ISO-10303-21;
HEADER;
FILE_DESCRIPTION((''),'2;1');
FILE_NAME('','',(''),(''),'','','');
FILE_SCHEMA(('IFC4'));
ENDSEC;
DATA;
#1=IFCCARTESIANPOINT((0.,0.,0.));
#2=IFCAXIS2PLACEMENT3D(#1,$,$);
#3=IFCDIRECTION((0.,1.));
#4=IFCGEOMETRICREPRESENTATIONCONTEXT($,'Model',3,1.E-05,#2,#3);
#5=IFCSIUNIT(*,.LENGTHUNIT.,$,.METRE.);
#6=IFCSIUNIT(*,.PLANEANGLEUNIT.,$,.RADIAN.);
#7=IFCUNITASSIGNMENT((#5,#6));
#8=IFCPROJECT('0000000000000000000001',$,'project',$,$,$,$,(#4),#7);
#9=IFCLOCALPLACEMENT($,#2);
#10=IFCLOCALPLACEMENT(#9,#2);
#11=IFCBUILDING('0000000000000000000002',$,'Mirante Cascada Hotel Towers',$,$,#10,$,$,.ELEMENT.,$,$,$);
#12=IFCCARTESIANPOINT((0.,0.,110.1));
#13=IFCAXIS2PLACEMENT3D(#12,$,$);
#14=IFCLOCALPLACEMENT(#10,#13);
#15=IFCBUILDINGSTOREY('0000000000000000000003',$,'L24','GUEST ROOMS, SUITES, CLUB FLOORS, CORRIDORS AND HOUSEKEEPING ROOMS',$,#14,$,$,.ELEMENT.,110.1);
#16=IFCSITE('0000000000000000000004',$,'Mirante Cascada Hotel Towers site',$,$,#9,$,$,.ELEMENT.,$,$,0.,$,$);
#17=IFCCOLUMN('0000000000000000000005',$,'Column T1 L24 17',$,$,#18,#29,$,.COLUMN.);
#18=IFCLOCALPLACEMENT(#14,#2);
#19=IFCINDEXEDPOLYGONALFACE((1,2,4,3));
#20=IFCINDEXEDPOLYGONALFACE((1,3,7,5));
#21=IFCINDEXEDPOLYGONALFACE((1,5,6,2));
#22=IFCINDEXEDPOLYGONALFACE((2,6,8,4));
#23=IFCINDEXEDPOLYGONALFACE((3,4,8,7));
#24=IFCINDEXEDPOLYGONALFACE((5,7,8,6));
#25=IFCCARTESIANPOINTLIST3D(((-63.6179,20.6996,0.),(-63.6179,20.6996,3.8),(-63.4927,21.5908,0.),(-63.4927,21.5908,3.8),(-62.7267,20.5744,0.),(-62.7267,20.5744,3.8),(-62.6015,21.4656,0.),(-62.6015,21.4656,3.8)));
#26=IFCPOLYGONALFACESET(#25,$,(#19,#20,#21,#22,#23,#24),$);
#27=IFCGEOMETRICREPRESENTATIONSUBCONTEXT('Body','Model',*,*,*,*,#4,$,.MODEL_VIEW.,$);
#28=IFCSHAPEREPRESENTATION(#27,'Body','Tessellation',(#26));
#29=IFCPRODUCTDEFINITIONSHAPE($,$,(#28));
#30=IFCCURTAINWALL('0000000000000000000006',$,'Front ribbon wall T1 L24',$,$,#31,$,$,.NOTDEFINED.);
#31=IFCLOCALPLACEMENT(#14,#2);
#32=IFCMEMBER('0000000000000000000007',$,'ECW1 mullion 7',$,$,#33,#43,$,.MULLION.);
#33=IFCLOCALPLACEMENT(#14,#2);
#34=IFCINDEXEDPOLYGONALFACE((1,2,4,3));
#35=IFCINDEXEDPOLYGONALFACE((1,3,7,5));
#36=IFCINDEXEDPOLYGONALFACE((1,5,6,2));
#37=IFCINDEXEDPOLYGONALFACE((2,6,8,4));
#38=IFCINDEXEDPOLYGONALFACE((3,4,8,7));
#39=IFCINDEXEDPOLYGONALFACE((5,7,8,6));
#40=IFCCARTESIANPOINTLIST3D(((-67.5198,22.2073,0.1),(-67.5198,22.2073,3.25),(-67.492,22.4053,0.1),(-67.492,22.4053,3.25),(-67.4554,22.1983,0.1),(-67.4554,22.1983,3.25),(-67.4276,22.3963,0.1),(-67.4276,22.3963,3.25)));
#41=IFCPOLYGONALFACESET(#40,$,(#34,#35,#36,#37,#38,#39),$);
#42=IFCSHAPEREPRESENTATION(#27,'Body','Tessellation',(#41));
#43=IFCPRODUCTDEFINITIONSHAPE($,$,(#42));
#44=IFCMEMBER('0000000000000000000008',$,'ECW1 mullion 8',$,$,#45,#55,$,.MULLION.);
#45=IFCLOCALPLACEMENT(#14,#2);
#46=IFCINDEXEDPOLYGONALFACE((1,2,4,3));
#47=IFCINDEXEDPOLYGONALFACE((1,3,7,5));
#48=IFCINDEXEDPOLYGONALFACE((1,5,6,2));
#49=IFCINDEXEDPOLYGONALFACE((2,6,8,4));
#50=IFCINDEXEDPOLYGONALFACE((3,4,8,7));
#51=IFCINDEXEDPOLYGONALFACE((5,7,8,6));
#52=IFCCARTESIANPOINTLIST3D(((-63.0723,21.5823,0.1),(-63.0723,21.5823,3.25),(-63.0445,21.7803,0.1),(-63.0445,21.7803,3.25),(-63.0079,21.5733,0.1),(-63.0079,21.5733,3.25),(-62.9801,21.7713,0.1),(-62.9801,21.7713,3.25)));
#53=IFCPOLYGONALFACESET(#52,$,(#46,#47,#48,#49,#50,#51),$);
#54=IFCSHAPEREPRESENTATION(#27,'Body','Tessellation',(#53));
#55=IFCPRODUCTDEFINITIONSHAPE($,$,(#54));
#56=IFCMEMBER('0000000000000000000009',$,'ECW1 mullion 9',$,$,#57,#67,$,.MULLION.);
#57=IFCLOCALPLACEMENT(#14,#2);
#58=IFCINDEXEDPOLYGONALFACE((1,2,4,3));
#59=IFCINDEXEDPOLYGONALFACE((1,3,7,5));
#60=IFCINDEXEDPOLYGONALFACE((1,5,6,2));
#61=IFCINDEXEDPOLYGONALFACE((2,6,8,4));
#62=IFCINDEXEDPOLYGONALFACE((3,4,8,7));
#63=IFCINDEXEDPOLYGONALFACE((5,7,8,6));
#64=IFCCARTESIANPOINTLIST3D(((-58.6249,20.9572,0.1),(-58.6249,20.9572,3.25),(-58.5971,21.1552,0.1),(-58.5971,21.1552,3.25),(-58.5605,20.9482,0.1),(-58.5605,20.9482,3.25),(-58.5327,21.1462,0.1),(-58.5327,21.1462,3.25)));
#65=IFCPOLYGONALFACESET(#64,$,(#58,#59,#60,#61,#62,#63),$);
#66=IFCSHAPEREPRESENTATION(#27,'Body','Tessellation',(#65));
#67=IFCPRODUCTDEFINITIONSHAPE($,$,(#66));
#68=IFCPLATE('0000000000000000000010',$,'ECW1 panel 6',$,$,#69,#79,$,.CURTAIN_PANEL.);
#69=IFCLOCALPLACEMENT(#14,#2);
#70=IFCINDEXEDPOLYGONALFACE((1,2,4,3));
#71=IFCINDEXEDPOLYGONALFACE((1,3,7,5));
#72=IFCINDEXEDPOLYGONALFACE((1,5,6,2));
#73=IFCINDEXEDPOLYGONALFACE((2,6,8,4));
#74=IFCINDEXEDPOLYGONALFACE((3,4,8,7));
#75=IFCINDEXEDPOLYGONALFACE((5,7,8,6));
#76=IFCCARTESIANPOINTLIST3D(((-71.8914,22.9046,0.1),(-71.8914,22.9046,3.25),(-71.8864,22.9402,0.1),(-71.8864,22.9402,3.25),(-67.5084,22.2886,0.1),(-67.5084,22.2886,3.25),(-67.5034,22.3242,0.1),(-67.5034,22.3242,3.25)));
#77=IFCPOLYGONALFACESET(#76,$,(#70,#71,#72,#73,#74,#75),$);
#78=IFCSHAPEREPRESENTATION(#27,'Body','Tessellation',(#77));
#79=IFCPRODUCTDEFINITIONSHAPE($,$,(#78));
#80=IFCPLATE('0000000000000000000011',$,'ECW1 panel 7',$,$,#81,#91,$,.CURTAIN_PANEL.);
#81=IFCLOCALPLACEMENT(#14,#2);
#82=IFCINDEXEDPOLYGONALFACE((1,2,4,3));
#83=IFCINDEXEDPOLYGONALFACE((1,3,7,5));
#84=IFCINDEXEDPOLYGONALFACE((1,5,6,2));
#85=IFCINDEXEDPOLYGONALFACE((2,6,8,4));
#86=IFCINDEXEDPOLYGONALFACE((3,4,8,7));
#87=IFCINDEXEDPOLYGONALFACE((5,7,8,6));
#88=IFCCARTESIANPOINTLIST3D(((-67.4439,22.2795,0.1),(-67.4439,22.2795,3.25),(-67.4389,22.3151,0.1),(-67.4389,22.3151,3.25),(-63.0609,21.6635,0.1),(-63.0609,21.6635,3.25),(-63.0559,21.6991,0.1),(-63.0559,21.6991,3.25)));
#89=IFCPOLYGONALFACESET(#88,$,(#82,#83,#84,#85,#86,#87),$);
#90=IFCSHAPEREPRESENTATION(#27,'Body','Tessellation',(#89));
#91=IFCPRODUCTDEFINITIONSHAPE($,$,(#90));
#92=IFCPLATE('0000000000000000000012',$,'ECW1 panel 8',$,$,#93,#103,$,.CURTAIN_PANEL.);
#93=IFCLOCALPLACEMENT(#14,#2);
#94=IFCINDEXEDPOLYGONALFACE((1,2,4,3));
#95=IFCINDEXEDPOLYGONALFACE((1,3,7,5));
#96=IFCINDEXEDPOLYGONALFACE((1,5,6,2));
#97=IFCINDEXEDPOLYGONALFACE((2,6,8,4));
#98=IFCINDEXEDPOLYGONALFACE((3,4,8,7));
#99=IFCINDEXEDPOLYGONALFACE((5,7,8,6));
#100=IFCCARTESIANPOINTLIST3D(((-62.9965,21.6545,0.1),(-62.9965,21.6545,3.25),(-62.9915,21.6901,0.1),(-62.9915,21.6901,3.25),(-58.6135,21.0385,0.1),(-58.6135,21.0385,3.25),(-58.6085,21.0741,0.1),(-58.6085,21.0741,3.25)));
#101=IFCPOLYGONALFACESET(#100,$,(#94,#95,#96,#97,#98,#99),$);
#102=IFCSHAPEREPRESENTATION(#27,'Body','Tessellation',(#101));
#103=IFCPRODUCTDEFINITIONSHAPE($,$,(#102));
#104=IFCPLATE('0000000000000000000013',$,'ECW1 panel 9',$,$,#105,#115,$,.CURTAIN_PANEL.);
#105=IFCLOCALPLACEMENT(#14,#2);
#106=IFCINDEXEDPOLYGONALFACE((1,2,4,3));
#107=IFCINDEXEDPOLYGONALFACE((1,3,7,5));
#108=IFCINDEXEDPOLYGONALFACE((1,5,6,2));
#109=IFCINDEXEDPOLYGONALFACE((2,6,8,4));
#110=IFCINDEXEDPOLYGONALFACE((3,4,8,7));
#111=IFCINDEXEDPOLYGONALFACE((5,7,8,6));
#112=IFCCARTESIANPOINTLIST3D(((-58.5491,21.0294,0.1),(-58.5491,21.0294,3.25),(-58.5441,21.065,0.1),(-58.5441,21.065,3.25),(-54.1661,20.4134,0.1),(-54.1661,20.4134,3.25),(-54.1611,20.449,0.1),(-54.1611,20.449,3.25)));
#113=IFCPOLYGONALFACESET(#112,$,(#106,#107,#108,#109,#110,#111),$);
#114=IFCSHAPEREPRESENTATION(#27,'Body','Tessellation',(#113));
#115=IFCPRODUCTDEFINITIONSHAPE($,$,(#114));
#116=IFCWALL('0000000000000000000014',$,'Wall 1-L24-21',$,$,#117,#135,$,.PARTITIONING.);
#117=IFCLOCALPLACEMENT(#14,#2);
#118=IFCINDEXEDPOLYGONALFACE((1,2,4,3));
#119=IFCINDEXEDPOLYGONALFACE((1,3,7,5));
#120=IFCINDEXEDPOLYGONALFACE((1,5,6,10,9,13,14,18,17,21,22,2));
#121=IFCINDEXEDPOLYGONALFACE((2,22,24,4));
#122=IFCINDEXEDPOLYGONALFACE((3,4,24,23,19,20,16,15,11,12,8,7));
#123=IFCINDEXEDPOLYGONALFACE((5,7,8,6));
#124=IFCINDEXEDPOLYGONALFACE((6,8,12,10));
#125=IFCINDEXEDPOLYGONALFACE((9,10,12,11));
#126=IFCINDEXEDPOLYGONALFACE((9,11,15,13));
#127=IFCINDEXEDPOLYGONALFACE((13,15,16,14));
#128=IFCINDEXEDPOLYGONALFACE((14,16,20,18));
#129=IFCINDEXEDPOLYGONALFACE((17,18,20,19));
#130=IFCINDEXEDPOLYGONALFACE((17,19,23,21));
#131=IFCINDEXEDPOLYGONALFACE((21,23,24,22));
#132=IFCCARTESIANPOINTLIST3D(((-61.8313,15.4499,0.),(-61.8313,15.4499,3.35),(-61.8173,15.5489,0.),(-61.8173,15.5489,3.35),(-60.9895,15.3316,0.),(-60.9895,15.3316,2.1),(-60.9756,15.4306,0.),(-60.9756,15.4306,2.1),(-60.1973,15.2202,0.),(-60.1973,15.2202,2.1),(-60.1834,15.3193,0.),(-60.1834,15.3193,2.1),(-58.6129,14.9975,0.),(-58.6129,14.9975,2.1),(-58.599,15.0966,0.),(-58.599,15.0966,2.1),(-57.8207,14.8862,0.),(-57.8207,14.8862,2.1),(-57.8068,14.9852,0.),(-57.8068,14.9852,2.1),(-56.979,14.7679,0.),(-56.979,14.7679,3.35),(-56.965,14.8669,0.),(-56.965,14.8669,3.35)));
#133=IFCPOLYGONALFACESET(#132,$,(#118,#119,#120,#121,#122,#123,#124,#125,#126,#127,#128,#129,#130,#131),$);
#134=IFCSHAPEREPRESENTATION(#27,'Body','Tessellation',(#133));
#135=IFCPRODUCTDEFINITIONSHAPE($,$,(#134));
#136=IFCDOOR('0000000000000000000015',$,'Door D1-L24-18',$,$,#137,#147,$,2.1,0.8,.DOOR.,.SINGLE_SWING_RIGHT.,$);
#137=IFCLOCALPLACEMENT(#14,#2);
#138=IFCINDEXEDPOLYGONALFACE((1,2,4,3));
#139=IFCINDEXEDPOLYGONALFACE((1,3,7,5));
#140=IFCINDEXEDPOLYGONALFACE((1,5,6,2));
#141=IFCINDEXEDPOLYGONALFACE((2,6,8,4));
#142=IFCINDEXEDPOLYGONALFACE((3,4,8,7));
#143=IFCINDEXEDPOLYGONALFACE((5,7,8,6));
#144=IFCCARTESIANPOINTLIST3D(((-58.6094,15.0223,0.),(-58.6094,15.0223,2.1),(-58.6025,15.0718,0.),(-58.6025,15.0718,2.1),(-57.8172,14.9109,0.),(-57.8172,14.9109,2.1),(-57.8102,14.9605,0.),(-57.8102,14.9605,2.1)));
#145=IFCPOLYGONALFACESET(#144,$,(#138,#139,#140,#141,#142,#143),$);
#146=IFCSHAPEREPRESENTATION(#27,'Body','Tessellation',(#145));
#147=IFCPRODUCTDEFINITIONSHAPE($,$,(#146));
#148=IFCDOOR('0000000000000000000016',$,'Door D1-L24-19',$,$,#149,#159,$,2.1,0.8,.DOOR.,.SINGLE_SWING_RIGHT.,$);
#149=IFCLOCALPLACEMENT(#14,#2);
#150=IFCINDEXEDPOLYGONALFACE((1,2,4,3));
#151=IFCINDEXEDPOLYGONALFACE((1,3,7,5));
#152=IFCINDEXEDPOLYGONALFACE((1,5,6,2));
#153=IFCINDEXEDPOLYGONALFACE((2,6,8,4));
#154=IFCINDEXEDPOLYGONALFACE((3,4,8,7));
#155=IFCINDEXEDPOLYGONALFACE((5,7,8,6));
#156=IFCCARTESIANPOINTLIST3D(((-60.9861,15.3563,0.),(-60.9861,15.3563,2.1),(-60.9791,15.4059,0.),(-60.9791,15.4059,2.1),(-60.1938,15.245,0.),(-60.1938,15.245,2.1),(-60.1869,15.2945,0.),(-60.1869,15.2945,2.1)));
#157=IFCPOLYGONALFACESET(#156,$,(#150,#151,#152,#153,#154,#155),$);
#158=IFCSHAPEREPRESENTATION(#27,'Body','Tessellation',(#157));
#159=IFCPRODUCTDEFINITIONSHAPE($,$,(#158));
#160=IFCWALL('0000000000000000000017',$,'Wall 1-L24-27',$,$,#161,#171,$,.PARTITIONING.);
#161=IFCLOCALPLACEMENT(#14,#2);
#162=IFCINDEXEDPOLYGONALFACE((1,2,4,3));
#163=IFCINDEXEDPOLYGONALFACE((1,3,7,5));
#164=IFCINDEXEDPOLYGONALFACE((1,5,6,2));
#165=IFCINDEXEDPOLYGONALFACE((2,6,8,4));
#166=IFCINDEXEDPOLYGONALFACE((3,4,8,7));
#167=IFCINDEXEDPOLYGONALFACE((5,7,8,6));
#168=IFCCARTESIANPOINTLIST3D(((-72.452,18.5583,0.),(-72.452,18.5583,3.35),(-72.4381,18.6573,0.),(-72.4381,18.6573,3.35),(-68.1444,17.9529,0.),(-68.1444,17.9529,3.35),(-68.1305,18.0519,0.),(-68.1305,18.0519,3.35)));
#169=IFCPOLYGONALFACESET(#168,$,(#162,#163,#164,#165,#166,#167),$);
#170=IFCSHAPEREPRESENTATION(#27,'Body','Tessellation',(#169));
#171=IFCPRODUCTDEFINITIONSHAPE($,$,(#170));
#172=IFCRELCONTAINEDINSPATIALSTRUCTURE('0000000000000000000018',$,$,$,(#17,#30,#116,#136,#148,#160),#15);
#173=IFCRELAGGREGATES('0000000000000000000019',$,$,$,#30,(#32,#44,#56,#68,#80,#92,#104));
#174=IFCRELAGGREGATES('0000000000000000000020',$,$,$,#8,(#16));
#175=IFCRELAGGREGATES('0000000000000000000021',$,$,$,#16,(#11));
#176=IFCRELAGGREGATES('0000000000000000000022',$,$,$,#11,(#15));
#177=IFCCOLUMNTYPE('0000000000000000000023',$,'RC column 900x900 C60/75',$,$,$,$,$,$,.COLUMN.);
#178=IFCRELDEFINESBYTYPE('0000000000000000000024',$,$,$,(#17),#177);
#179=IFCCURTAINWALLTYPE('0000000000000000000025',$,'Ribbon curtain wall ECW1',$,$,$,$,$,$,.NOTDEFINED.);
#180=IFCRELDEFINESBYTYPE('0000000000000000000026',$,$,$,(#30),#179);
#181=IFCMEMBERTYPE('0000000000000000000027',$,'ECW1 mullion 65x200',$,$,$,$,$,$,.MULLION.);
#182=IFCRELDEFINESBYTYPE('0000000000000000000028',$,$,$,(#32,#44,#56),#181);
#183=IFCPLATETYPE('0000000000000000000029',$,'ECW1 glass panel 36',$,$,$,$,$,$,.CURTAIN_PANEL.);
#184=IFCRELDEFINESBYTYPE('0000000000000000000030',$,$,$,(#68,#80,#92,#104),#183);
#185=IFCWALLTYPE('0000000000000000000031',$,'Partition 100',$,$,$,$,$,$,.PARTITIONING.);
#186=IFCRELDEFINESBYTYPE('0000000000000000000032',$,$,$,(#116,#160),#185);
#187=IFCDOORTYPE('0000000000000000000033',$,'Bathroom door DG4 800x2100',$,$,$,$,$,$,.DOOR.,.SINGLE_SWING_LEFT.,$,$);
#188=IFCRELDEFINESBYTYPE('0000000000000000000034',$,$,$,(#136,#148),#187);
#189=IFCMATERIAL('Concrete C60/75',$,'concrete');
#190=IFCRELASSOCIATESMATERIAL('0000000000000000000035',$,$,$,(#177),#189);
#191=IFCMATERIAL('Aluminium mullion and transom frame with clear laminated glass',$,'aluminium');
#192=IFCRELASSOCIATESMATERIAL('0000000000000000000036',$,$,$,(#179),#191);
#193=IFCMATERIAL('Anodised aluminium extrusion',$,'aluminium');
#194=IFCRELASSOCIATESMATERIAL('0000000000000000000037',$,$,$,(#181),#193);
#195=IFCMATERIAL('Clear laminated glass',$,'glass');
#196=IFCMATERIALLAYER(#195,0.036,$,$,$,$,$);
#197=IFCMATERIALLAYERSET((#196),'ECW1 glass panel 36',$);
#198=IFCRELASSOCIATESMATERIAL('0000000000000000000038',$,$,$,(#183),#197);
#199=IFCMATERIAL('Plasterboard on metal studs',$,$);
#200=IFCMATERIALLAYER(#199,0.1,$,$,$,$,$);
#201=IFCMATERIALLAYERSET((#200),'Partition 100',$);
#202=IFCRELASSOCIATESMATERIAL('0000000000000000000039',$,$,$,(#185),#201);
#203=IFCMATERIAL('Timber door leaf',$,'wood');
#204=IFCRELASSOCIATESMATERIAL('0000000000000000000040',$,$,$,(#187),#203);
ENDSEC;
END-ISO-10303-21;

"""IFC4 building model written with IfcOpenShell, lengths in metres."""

from ifc_helpers import new_model, si_unit, direction, frame, frame_2d, origin, origin_2d, place, context, subcontext, project, spatial, rectangle, extrude, material, layer, layer_set, material_profile, profile_set, type_object, element, fill, aggregate, save


model = new_model("IFC4")

# Units and contexts
model_context = context("Model", 3, precision=1e-05, world=origin(), true_north=direction((0.0, 1.0)))
body_context = subcontext(model_context, "Body", "Model", "MODEL_VIEW")
ifc_project = project(units=[si_unit("LENGTHUNIT", "METRE"), si_unit("PLANEANGLEUNIT", "RADIAN")], contexts=[model_context])

# Site, building, storey
site_placement = place(None, origin())
site = spatial("IfcSite", under=ifc_project, at=site_placement, Name="Mirante Cascada Hotel Towers site", CompositionType="ELEMENT", RefElevation=0.0)
building_placement = place(site_placement, origin())
building = spatial("IfcBuilding", under=site, at=building_placement, Name="Mirante Cascada Hotel Towers", CompositionType="ELEMENT")
storey_placement = place(building_placement, frame((0.0, 0.0, 110.1)))
storey = spatial("IfcBuildingStorey", under=building, at=storey_placement, Name="L24", Description="GUEST ROOMS, SUITES, CLUB FLOORS, CORRIDORS AND HOUSEKEEPING ROOMS", CompositionType="ELEMENT", Elevation=110.1)

# Column
ifc_material_1 = material(Name="Concrete C60/75", Category="concrete")
ifc_material_profile_1 = material_profile(ifc_material_1, rectangle(XDim=0.9, YDim=0.9, at=origin_2d()), Name="RC column 900x900 C60/75")
ifc_profile_set_1 = profile_set([ifc_material_profile_1], Name="Concrete C60/75")
column_type = type_object("IfcColumnType", Name="RC column 900x900 C60/75", PredefinedType="COLUMN", material=ifc_profile_set_1)
column_placement = place(storey_placement, frame((-63.1097, 21.0826, 0.0), z_axis=(0.0, 0.0, 1.0), x_axis=(-0.990268, 0.139173, 0.0)))
element("IfcColumn", 1, at=column_placement, inside=storey, type_object=column_type, Name="Column T1 L24 17", PredefinedType="COLUMN", context=body_context, shape_type="SweptSolid", body=[
    extrude(rectangle(XDim=0.9, YDim=0.9, at=origin_2d()), origin(), (0.0, 0.0, 1.0), 3.8),
])

# Curtain wall, members, plates
ifc_material_2 = material(Name="Aluminium mullion and transom frame with clear laminated glass", Category="aluminium")
curtain_wall_type = type_object("IfcCurtainWallType", Name="Ribbon curtain wall ECW1", PredefinedType="NOTDEFINED", material=ifc_material_2)
curtain_wall_placement = place(storey_placement, origin())
curtain_wall = element("IfcCurtainWall", 2, at=curtain_wall_placement, inside=storey, type_object=curtain_wall_type, Name="Front ribbon wall T1 L24", PredefinedType="NOTDEFINED")
ifc_material_3 = material(Name="Anodised aluminium extrusion", Category="aluminium")
ifc_material_profile_2 = material_profile(ifc_material_3, rectangle(XDim=0.2, YDim=0.065, at=origin_2d()), Name="ECW1 MULLION 65x200")
ifc_profile_set_2 = profile_set([ifc_material_profile_2], Name="Anodised aluminium extrusion")
member_type = type_object("IfcMemberType", Name="ECW1 mullion 65x200", PredefinedType="MULLION", material=ifc_profile_set_2)
member_1_placement = place(storey_placement, frame((-67.4737, 22.3018, 0.1), z_axis=(0.0, 0.0, 1.0), x_axis=(0.139173, 0.990268, 0.0)))
member_1 = element("IfcMember", 3, at=member_1_placement, type_object=member_type, Name="ECW1 mullion 7", PredefinedType="MULLION", context=body_context, shape_type="SweptSolid", body=[
    extrude(rectangle(XDim=0.2, YDim=0.065, at=origin_2d()), origin(), (0.0, 0.0, 1.0), 3.15),
])
member_2_placement = place(storey_placement, frame((-63.0262, 21.6768, 0.1), z_axis=(0.0, 0.0, 1.0), x_axis=(0.139173, 0.990268, 0.0)))
member_2 = element("IfcMember", 4, at=member_2_placement, type_object=member_type, Name="ECW1 mullion 8", PredefinedType="MULLION", context=body_context, shape_type="SweptSolid", body=[
    extrude(rectangle(XDim=0.2, YDim=0.065, at=origin_2d()), origin(), (0.0, 0.0, 1.0), 3.15),
])
member_3_placement = place(storey_placement, frame((-58.5788, 21.0517, 0.1), z_axis=(0.0, 0.0, 1.0), x_axis=(0.139173, 0.990268, 0.0)))
member_3 = element("IfcMember", 5, at=member_3_placement, type_object=member_type, Name="ECW1 mullion 9", PredefinedType="MULLION", context=body_context, shape_type="SweptSolid", body=[
    extrude(rectangle(XDim=0.2, YDim=0.065, at=origin_2d()), origin(), (0.0, 0.0, 1.0), 3.15),
])
ifc_material_4 = material(Name="Clear laminated glass", Category="glass")
ifc_layer_1 = layer(ifc_material_4, 0.036)
ifc_layer_set_1 = layer_set([ifc_layer_1], Name="ECW1 glass panel 36")
plate_type = type_object("IfcPlateType", Name="ECW1 glass panel 36", PredefinedType="CURTAIN_PANEL", material=ifc_layer_set_1)
plate_1_placement = place(storey_placement, frame((-69.6974, 22.6144, 0.1), z_axis=(0.0, 0.0, 1.0), x_axis=(0.990268, -0.139173, 0.0)))
plate_1 = element("IfcPlate", 6, at=plate_1_placement, type_object=plate_type, Name="ECW1 panel 6", PredefinedType="CURTAIN_PANEL", context=body_context, shape_type="SweptSolid", body=[
    extrude(rectangle(XDim=4.4261, YDim=0.036, at=origin_2d()), origin(), (0.0, 0.0, 1.0), 3.15),
])
plate_2_placement = place(storey_placement, frame((-65.2499, 21.9893, 0.1), z_axis=(0.0, 0.0, 1.0), x_axis=(0.990268, -0.139173, 0.0)))
plate_2 = element("IfcPlate", 7, at=plate_2_placement, type_object=plate_type, Name="ECW1 panel 7", PredefinedType="CURTAIN_PANEL", context=body_context, shape_type="SweptSolid", body=[
    extrude(rectangle(XDim=4.4261, YDim=0.036, at=origin_2d()), origin(), (0.0, 0.0, 1.0), 3.15),
])
plate_3_placement = place(storey_placement, frame((-60.8025, 21.3643, 0.1), z_axis=(0.0, 0.0, 1.0), x_axis=(0.990268, -0.139173, 0.0)))
plate_3 = element("IfcPlate", 8, at=plate_3_placement, type_object=plate_type, Name="ECW1 panel 8", PredefinedType="CURTAIN_PANEL", context=body_context, shape_type="SweptSolid", body=[
    extrude(rectangle(XDim=4.4261, YDim=0.036, at=origin_2d()), origin(), (0.0, 0.0, 1.0), 3.15),
])
plate_4_placement = place(storey_placement, frame((-56.3551, 20.7392, 0.1), z_axis=(0.0, 0.0, 1.0), x_axis=(0.990268, -0.139173, 0.0)))
plate_4 = element("IfcPlate", 9, at=plate_4_placement, type_object=plate_type, Name="ECW1 panel 9", PredefinedType="CURTAIN_PANEL", context=body_context, shape_type="SweptSolid", body=[
    extrude(rectangle(XDim=4.4261, YDim=0.036, at=origin_2d()), origin(), (0.0, 0.0, 1.0), 3.15),
])
aggregate(curtain_wall, [member_1, member_2, member_3, plate_1, plate_2, plate_3, plate_4])

# Wall, openings, doors
ifc_material_5 = material(Name="Plasterboard on metal studs")
ifc_layer_2 = layer(ifc_material_5, 0.1)
ifc_layer_set_2 = layer_set([ifc_layer_2], Name="Partition 100")
wall_type = type_object("IfcWallType", Name="Partition 100", PredefinedType="PARTITIONING", material=ifc_layer_set_2)
wall_1_placement = place(storey_placement, frame((-56.972, 14.8174, 0.0), z_axis=(0.0, 0.0, 1.0), x_axis=(-0.990267, 0.139184, 0.0)))
wall_1 = element("IfcWall", 10, at=wall_1_placement, inside=storey, type_object=wall_type, Name="Wall 1-L24-21", PredefinedType="PARTITIONING", context=body_context, shape_type="SweptSolid", body=[
    extrude(rectangle(XDim=4.9, YDim=0.1, at=frame_2d((2.45, 0.0))), origin(), (0.0, 0.0, 1.0), 3.35),
])
opening_1_placement = place(wall_1_placement, frame((0.85, 0.0, 0.0)))
opening_1 = element("IfcOpeningElement", 11, at=opening_1_placement, cuts=wall_1, PredefinedType="OPENING", context=body_context, shape_type="SweptSolid", body=[
    extrude(rectangle(XDim=0.8, YDim=2.1, at=frame_2d((0.4, 1.05))), frame((0.0, 0.05, 0.0), z_axis=(0.0, -1.0, 0.0), x_axis=(1.0, 0.0, 0.0)), (0.0, 0.0, 1.0), 0.1),
])
opening_2_placement = place(wall_1_placement, frame((3.25, 0.0, 0.0)))
opening_2 = element("IfcOpeningElement", 12, at=opening_2_placement, cuts=wall_1, PredefinedType="OPENING", context=body_context, shape_type="SweptSolid", body=[
    extrude(rectangle(XDim=0.8, YDim=2.1, at=frame_2d((0.4, 1.05))), frame((0.0, 0.05, 0.0), z_axis=(0.0, -1.0, 0.0), x_axis=(1.0, 0.0, 0.0)), (0.0, 0.0, 1.0), 0.1),
])
ifc_material_6 = material(Name="Timber door leaf", Category="wood")
door_type_1 = type_object("IfcDoorType", Name="Bathroom door DG4 800x2100", OperationType="SINGLE_SWING_LEFT", PredefinedType="DOOR", material=ifc_material_6)
door_1_placement = place(opening_1_placement, frame((0.8, 0.0, 0.0), z_axis=(0.0, 0.0, 1.0), x_axis=(-1.0, 0.0, 0.0)))
door_1 = element("IfcDoor", 13, at=door_1_placement, inside=storey, type_object=door_type_1, Name="Door D1-L24-18", OperationType="SINGLE_SWING_RIGHT", OverallHeight=2.1, OverallWidth=0.8, PredefinedType="DOOR", context=body_context, shape_type="SweptSolid", body=[
    extrude(rectangle(XDim=0.8, YDim=2.1, at=frame_2d((0.4, 1.05))), frame((0.0, 0.025, 0.0), z_axis=(0.0, -1.0, 0.0), x_axis=(1.0, 0.0, 0.0)), (0.0, 0.0, 1.0), 0.05),
])
fill(opening_1, door_1)
door_2_placement = place(opening_2_placement, frame((0.8, 0.0, 0.0), z_axis=(0.0, 0.0, 1.0), x_axis=(-1.0, 0.0, 0.0)))
door_2 = element("IfcDoor", 14, at=door_2_placement, inside=storey, type_object=door_type_1, Name="Door D1-L24-19", OperationType="SINGLE_SWING_RIGHT", OverallHeight=2.1, OverallWidth=0.8, PredefinedType="DOOR", context=body_context, shape_type="SweptSolid", body=[
    extrude(rectangle(XDim=0.8, YDim=2.1, at=frame_2d((0.4, 1.05))), frame((0.0, 0.025, 0.0), z_axis=(0.0, -1.0, 0.0), x_axis=(1.0, 0.0, 0.0)), (0.0, 0.0, 1.0), 0.05),
])
fill(opening_2, door_2)

# Wall
wall_2_placement = place(storey_placement, frame((-68.1374, 18.0024, 0.0), z_axis=(0.0, 0.0, 1.0), x_axis=(-0.990268, 0.139175, 0.0)))
element("IfcWall", 15, at=wall_2_placement, inside=storey, type_object=wall_type, Name="Wall 1-L24-27", PredefinedType="PARTITIONING", context=body_context, shape_type="SweptSolid", body=[
    extrude(rectangle(XDim=4.3499, YDim=0.1, at=frame_2d((2.175, 0.0))), origin(), (0.0, 0.0, 1.0), 3.35),
])

save(model, "model.ifc")
